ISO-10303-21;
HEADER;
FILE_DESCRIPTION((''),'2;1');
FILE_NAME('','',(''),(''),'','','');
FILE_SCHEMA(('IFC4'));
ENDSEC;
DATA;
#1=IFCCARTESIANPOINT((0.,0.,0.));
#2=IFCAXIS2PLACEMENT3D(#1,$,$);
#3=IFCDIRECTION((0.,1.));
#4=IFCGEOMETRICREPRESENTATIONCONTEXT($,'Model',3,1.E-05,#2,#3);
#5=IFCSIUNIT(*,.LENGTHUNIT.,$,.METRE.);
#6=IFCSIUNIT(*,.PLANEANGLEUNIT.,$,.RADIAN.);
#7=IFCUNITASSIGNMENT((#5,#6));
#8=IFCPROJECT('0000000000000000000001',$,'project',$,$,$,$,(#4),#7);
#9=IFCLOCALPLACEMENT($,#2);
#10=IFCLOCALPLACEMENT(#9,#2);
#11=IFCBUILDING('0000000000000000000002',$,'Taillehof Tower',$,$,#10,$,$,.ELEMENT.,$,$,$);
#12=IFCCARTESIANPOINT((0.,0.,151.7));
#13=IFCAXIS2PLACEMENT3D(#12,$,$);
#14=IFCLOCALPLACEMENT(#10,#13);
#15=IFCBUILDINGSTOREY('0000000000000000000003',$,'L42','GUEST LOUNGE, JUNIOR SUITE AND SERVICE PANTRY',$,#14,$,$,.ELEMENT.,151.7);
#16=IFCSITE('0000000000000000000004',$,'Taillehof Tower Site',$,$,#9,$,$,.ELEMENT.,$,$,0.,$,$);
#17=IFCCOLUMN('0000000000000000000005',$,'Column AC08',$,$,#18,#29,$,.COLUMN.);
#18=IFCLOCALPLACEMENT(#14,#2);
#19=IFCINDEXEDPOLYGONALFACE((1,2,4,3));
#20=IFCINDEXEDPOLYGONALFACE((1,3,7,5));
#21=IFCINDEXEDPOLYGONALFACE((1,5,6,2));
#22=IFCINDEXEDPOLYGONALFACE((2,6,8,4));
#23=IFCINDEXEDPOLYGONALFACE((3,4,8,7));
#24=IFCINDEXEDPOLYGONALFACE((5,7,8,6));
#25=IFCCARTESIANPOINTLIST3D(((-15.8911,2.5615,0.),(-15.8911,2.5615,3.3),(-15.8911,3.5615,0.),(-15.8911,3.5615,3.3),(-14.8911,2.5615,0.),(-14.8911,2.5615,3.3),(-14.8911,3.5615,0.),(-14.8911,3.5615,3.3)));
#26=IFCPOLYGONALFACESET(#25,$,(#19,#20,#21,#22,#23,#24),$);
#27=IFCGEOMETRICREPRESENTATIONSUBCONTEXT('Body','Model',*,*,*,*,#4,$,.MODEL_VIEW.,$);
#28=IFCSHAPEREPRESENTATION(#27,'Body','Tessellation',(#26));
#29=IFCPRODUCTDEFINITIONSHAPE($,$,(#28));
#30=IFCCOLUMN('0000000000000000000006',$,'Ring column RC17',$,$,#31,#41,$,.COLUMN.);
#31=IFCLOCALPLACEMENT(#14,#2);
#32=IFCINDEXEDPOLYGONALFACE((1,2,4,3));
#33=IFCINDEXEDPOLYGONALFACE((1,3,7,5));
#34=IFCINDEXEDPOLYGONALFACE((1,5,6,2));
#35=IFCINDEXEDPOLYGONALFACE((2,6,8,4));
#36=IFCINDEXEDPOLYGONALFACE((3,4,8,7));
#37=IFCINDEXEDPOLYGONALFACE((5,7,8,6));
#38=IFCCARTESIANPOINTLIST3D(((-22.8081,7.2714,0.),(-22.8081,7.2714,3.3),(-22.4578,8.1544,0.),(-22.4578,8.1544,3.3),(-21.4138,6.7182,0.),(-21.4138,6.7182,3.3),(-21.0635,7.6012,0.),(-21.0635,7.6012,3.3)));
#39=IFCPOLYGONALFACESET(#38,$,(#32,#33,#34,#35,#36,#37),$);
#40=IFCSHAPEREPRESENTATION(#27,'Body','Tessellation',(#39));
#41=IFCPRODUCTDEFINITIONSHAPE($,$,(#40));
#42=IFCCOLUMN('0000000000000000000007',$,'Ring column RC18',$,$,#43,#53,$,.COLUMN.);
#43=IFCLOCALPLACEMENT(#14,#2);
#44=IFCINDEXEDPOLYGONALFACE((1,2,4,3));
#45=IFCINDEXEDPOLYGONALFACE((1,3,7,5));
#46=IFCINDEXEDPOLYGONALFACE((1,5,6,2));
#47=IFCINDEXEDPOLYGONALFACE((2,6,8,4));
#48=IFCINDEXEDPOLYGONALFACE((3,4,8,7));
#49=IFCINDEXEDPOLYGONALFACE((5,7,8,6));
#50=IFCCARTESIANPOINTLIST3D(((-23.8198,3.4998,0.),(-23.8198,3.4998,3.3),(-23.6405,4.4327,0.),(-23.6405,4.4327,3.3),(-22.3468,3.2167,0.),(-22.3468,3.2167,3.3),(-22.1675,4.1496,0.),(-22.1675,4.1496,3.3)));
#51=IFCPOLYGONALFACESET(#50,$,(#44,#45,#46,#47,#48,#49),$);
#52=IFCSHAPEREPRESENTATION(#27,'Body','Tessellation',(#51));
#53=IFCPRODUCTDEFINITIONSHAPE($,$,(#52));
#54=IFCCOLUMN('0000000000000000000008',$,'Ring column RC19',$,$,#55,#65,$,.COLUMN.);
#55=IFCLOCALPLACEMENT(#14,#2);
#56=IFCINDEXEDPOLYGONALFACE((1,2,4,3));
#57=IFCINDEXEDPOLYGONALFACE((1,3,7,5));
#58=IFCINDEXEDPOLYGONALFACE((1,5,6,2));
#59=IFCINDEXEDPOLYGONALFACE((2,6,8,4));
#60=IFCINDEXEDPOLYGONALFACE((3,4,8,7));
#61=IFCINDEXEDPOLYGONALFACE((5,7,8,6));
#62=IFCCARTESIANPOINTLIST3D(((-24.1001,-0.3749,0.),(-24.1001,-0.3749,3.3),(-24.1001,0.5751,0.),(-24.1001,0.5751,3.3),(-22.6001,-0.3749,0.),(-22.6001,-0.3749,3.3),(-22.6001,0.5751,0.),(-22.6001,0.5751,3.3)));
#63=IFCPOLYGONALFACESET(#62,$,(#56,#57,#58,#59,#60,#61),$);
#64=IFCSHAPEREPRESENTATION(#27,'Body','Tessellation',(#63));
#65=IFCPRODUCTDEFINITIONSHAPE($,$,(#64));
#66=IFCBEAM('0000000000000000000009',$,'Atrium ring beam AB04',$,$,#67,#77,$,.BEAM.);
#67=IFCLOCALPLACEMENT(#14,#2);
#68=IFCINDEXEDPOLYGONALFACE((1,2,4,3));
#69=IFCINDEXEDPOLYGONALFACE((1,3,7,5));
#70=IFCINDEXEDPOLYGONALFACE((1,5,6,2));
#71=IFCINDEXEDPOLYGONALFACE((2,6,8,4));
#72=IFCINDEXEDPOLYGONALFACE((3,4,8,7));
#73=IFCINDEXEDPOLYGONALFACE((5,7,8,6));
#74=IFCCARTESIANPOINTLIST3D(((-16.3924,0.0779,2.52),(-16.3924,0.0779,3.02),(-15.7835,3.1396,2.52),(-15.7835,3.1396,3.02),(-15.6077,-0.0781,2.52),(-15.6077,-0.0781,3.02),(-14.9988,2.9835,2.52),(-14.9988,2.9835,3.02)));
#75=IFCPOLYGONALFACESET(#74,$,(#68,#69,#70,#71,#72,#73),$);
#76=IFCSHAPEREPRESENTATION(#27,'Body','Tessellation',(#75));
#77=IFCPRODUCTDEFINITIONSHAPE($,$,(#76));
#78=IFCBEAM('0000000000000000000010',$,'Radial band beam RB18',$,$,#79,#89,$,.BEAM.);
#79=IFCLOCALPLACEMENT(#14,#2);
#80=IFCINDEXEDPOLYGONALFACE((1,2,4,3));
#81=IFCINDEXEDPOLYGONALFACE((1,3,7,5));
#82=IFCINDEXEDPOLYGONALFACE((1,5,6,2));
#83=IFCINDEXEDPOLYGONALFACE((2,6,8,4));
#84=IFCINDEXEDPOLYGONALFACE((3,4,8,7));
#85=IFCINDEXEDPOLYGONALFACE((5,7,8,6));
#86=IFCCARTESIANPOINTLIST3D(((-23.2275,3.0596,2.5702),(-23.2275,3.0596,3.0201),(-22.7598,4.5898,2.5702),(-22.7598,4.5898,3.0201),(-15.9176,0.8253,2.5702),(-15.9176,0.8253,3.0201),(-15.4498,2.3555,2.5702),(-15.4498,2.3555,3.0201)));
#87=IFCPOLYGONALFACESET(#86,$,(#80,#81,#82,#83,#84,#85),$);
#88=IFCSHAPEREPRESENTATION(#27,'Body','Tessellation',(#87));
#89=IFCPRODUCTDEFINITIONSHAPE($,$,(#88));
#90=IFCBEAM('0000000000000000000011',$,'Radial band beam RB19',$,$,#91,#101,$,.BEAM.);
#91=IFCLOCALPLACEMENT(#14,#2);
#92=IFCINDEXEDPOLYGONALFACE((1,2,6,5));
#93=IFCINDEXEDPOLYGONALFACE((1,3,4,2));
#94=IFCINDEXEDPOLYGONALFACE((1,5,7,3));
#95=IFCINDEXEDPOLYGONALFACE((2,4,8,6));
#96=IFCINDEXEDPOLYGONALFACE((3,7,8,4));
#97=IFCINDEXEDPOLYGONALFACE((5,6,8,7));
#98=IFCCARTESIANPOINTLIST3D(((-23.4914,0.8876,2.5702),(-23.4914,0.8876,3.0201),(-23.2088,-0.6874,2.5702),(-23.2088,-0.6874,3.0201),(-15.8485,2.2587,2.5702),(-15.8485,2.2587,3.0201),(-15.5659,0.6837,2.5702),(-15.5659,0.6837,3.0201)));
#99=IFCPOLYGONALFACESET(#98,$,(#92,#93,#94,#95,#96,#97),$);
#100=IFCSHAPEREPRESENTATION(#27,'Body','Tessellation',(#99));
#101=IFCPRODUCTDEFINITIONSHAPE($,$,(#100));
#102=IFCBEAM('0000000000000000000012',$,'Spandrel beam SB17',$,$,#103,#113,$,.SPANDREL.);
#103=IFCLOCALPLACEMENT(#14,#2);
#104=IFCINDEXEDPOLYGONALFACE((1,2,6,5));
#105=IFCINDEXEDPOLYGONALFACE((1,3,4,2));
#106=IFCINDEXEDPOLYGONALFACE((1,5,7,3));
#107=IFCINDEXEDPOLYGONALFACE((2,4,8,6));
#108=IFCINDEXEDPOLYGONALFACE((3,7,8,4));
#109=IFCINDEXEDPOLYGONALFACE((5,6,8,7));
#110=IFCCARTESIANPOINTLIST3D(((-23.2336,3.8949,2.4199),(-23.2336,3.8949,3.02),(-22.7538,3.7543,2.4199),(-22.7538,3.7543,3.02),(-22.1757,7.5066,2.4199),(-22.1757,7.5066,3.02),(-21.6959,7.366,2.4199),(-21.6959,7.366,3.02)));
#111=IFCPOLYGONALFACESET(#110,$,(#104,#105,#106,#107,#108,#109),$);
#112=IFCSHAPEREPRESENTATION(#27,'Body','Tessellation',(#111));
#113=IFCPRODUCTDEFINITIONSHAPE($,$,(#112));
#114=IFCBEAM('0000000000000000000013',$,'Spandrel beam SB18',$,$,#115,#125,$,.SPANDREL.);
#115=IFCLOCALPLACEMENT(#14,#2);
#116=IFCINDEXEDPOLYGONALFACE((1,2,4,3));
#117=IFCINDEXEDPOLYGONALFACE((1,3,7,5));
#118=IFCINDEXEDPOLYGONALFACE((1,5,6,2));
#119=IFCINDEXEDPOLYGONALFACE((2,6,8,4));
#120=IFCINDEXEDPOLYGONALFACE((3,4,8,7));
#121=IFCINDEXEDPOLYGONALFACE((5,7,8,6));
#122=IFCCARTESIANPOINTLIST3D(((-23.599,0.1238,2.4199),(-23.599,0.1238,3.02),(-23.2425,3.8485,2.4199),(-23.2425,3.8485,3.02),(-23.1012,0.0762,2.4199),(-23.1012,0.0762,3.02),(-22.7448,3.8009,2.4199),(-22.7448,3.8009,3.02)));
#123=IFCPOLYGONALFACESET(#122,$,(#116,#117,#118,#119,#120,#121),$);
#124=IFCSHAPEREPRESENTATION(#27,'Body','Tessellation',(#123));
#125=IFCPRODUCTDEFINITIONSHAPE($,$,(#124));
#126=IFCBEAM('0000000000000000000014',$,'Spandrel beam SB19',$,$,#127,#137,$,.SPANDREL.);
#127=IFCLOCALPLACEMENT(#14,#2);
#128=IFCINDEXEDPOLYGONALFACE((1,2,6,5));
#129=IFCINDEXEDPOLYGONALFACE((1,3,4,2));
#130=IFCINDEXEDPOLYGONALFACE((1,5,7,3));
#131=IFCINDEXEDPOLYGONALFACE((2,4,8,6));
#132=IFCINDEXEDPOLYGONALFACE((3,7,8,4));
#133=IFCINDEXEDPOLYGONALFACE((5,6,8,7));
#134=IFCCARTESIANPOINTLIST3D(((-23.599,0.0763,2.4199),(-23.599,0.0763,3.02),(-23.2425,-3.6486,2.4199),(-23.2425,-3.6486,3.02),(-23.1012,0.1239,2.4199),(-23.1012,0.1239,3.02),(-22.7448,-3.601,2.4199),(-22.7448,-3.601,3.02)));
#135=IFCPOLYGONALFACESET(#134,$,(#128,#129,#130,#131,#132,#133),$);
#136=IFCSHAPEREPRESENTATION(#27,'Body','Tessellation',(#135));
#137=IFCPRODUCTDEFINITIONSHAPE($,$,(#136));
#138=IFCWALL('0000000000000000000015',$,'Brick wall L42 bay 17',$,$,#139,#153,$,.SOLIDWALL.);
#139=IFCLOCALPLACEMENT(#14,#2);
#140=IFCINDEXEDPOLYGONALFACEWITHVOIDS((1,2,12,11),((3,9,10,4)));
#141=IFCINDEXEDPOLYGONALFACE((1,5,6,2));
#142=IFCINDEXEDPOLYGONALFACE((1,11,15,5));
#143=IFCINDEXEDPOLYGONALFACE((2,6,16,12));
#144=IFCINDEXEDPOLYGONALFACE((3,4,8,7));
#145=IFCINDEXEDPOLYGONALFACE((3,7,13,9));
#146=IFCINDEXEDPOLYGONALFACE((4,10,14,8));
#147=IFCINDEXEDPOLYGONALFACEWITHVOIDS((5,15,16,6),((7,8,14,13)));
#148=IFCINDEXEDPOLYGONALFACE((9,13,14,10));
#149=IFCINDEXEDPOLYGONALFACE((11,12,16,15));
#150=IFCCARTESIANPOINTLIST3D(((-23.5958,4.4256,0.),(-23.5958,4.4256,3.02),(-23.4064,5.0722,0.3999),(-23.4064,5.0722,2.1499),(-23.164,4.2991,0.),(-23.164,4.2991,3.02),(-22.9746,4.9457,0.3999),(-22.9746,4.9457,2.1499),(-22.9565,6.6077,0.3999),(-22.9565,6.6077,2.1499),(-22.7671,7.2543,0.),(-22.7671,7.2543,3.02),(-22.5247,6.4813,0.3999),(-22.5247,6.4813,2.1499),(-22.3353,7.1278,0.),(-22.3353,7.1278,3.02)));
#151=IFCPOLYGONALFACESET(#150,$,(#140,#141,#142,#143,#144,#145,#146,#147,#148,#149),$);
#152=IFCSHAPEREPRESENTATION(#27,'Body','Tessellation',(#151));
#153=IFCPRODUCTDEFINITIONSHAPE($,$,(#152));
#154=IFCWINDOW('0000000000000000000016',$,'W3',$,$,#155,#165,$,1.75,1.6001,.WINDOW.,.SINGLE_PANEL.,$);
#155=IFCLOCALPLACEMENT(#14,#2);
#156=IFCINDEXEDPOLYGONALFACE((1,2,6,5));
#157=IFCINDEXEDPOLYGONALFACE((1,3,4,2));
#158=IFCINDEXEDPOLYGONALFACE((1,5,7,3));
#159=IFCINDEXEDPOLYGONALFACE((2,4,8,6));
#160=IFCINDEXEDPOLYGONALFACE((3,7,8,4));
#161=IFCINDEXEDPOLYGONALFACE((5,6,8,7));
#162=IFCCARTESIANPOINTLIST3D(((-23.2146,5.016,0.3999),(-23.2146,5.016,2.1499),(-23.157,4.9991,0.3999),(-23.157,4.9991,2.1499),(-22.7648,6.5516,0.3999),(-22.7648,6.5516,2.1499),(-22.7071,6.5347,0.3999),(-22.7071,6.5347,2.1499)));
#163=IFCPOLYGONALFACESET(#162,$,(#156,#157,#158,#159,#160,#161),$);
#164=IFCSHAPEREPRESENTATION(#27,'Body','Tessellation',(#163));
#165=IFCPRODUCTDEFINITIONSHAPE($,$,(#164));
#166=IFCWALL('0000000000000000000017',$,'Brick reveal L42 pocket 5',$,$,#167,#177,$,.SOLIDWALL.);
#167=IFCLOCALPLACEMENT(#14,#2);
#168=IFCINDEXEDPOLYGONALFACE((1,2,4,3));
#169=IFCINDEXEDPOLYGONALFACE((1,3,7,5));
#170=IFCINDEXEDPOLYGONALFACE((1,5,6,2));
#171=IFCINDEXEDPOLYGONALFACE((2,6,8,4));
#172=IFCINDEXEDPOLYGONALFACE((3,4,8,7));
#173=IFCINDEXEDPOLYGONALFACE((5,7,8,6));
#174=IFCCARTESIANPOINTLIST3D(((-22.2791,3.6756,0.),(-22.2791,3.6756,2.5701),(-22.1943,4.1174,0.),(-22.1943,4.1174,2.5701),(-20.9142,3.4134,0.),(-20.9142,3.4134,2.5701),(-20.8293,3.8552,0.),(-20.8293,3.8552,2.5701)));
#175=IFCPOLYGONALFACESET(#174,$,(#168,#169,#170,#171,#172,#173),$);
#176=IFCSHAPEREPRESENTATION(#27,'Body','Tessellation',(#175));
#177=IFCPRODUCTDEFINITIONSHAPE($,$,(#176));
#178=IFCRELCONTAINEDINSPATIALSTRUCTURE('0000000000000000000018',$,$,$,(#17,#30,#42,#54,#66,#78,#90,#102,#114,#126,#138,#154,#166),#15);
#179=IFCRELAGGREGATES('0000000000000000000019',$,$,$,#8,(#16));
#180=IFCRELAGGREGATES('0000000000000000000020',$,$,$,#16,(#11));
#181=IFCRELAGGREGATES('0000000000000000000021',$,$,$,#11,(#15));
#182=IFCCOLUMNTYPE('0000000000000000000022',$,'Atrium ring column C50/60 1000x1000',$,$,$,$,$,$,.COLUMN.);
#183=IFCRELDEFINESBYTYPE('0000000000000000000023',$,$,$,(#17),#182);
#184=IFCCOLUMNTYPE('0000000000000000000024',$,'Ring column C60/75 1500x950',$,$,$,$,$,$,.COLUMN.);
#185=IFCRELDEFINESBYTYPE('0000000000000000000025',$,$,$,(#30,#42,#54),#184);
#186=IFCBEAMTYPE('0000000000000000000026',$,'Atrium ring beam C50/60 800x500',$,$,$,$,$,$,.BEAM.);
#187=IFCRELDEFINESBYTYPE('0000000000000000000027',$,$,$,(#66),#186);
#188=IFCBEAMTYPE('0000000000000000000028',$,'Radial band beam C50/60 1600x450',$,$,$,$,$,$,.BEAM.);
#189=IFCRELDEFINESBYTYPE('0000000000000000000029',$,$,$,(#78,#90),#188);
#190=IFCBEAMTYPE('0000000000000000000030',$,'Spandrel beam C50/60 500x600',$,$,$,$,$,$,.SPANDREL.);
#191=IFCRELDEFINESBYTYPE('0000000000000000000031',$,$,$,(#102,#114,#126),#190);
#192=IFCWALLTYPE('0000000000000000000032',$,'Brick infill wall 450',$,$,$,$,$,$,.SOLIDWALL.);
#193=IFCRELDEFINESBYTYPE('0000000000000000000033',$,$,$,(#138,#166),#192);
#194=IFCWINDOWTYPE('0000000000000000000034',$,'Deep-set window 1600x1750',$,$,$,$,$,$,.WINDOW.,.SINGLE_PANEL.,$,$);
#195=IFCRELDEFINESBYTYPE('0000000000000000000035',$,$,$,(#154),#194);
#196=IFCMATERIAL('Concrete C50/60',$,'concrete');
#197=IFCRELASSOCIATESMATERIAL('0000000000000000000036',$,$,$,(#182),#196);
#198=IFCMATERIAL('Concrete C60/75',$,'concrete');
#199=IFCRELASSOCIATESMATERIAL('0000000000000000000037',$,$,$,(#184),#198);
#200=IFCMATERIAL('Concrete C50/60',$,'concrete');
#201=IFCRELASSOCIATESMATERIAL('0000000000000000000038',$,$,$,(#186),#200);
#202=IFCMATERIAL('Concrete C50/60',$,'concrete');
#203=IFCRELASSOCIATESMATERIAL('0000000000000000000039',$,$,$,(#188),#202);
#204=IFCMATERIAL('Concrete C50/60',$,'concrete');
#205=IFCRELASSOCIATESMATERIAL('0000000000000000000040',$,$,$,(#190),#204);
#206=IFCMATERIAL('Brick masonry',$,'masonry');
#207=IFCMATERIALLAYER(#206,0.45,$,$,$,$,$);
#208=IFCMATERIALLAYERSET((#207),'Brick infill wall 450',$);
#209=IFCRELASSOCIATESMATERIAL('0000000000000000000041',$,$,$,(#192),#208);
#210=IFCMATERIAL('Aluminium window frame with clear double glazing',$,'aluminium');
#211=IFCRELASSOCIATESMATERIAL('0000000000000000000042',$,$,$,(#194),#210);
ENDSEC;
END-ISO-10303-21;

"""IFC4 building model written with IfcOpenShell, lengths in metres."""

from ifc_helpers import new_model, si_unit, direction, frame, frame_2d, origin, origin_2d, place, context, subcontext, project, spatial, rectangle, extrude, material, layer, layer_set, material_profile, profile_set, type_object, element, fill, save


model = new_model("IFC4")

# Units and contexts
model_context = context("Model", 3, precision=1e-05, world=origin(), true_north=direction((0.0, 1.0)))
body_context = subcontext(model_context, "Body", "Model", "MODEL_VIEW")
ifc_project = project(units=[si_unit("LENGTHUNIT", "METRE"), si_unit("PLANEANGLEUNIT", "RADIAN")], contexts=[model_context])

# Site, building, storey
site_placement = place(None, origin())
site = spatial("IfcSite", under=ifc_project, at=site_placement, Name="Taillehof Tower Site", CompositionType="ELEMENT", RefElevation=0.0)
building_placement = place(site_placement, origin())
building = spatial("IfcBuilding", under=site, at=building_placement, Name="Taillehof Tower", CompositionType="ELEMENT")
storey_placement = place(building_placement, frame((0.0, 0.0, 151.7)))
storey = spatial("IfcBuildingStorey", under=building, at=storey_placement, Name="L42", Description="GUEST LOUNGE, JUNIOR SUITE AND SERVICE PANTRY", CompositionType="ELEMENT", Elevation=151.7)

# Columns
ifc_material_1 = material(Name="Concrete C50/60", Category="concrete")
ifc_material_profile_1 = material_profile(ifc_material_1, rectangle(XDim=1.0, YDim=1.0, at=origin_2d()), Name="RC 1000x1000")
ifc_profile_set_1 = profile_set([ifc_material_profile_1], Name="Concrete C50/60")
column_type_1 = type_object("IfcColumnType", Name="Atrium ring column C50/60 1000x1000", PredefinedType="COLUMN", material=ifc_profile_set_1)
column_placement = place(storey_placement, frame((-15.3911, 3.0615, 0.0), z_axis=(0.0, 0.0, 1.0), x_axis=(1.0, 0.0, 0.0)))
element("IfcColumn", 1, at=column_placement, inside=storey, type_object=column_type_1, Name="Column AC08", PredefinedType="COLUMN", context=body_context, shape_type="SweptSolid", body=[
    extrude(rectangle(XDim=1.0, YDim=1.0, at=origin_2d()), origin(), (0.0, 0.0, 1.0), 3.3),
])
ifc_material_2 = material(Name="Concrete C60/75", Category="concrete")
ifc_material_profile_2 = material_profile(ifc_material_2, rectangle(XDim=1.5, YDim=0.95, at=origin_2d()), Name="RC 1500x950")
ifc_profile_set_2 = profile_set([ifc_material_profile_2], Name="Concrete C60/75")
column_type_2 = type_object("IfcColumnType", Name="Ring column C60/75 1500x950", PredefinedType="COLUMN", material=ifc_profile_set_2)
for number, where, z_axis, x_axis, name in (
    (2, (-21.9358, 7.4363, 0.0), (0.0, 0.0, 1.0), (-0.929511, 0.368793, 0.0), "Ring column RC17"),
    (3, (-22.9937, 3.8247, 0.0), (0.0, 0.0, 1.0), (-0.982024, 0.188757, 0.0), "Ring column RC18"),
    (4, (-23.3501, 0.1001, 0.0), (0.0, 0.0, 1.0), (-1.0, 0.0, 0.0), "Ring column RC19"),
):
    element("IfcColumn", number, at=place(storey_placement, frame(where, z_axis=z_axis, x_axis=x_axis)), inside=storey, type_object=column_type_2, Name=name, PredefinedType="COLUMN", context=body_context, shape_type="SweptSolid", body=[
        extrude(rectangle(XDim=1.5, YDim=0.95, at=origin_2d()), origin(), (0.0, 0.0, 1.0), 3.3),
    ])

# Beams
ifc_material_3 = material(Name="Concrete C50/60", Category="concrete")
ifc_material_profile_3 = material_profile(ifc_material_3, rectangle(XDim=0.8, YDim=0.5, at=origin_2d()), Name="RC 800x500")
ifc_profile_set_3 = profile_set([ifc_material_profile_3], Name="Concrete C50/60")
beam_type_1 = type_object("IfcBeamType", Name="Atrium ring beam C50/60 800x500", PredefinedType="BEAM", material=ifc_profile_set_3)
beam_1_placement = place(storey_placement, frame((-15.3911, 3.0615, 2.77), z_axis=(-0.195063, -0.980791, 0.0), x_axis=(0.980791, -0.195063, 0.0)))
element("IfcBeam", 5, at=beam_1_placement, inside=storey, type_object=beam_type_1, Name="Atrium ring beam AB04", PredefinedType="BEAM", context=body_context, shape_type="SweptSolid", body=[
    extrude(rectangle(XDim=0.8, YDim=0.5, at=origin_2d()), origin(), (0.0, 0.0, 1.0), 3.1216),
])
ifc_material_4 = material(Name="Concrete C50/60", Category="concrete")
ifc_material_profile_4 = material_profile(ifc_material_4, rectangle(XDim=1.6001, YDim=0.45, at=origin_2d()), Name="RC 1600x450")
ifc_profile_set_4 = profile_set([ifc_material_profile_4], Name="Concrete C50/60")
beam_type_2 = type_object("IfcBeamType", Name="Radial band beam C50/60 1600x450", PredefinedType="BEAM", material=ifc_profile_set_4)
beam_2_placement = place(storey_placement, frame((-22.9937, 3.8247, 2.7952), z_axis=(0.956324, -0.292308, 0.0), x_axis=(0.292308, 0.956324, 0.0)))
element("IfcBeam", 6, at=beam_2_placement, inside=storey, type_object=beam_type_2, Name="Radial band beam RB18", PredefinedType="BEAM", context=body_context, shape_type="SweptSolid", body=[
    extrude(rectangle(XDim=1.6001, YDim=0.45, at=origin_2d()), origin(), (0.0, 0.0, 1.0), 7.6438),
])
beam_3_placement = place(storey_placement, frame((-23.3501, 0.1001, 2.7952), z_axis=(0.984287, 0.176577, 0.0), x_axis=(-0.176577, 0.984287, 0.0)))
element("IfcBeam", 7, at=beam_3_placement, inside=storey, type_object=beam_type_2, Name="Radial band beam RB19", PredefinedType="BEAM", context=body_context, shape_type="SweptSolid", body=[
    extrude(rectangle(XDim=1.6001, YDim=0.45, at=origin_2d()), origin(), (0.0, 0.0, 1.0), 7.7649),
])
ifc_material_5 = material(Name="Concrete C50/60", Category="concrete")
ifc_material_profile_5 = material_profile(ifc_material_5, rectangle(XDim=0.5, YDim=0.6001, at=origin_2d()), Name="RC 500x600")
ifc_profile_set_5 = profile_set([ifc_material_profile_5], Name="Concrete C50/60")
beam_type_3 = type_object("IfcBeamType", Name="Spandrel beam C50/60 500x600", PredefinedType="SPANDREL", material=ifc_profile_set_5)
beam_4_placement = place(storey_placement, frame((-21.9358, 7.4363, 2.72), z_axis=(-0.281098, -0.959679, 0.0), x_axis=(0.959679, -0.281098, 0.0)))
element("IfcBeam", 8, at=beam_4_placement, inside=storey, type_object=beam_type_3, Name="Spandrel beam SB17", PredefinedType="SPANDREL", context=body_context, shape_type="SweptSolid", body=[
    extrude(rectangle(XDim=0.5, YDim=0.6001, at=origin_2d()), origin(), (0.0, 0.0, 1.0), 3.7634),
])
beam_5_placement = place(storey_placement, frame((-22.9937, 3.8247, 2.72), z_axis=(-0.095265, -0.995452, 0.0), x_axis=(0.995452, -0.095265, 0.0)))
element("IfcBeam", 9, at=beam_5_placement, inside=storey, type_object=beam_type_3, Name="Spandrel beam SB18", PredefinedType="SPANDREL", context=body_context, shape_type="SweptSolid", body=[
    extrude(rectangle(XDim=0.5, YDim=0.6001, at=origin_2d()), origin(), (0.0, 0.0, 1.0), 3.7417),
])
beam_6_placement = place(storey_placement, frame((-23.3501, 0.1001, 2.72), z_axis=(0.095259, -0.995453, 0.0), x_axis=(0.995453, 0.095259, 0.0)))
element("IfcBeam", 10, at=beam_6_placement, inside=storey, type_object=beam_type_3, Name="Spandrel beam SB19", PredefinedType="SPANDREL", context=body_context, shape_type="SweptSolid", body=[
    extrude(rectangle(XDim=0.5, YDim=0.6001, at=origin_2d()), origin(), (0.0, 0.0, 1.0), 3.7419),
])

# Wall, opening, window
ifc_material_6 = material(Name="Brick masonry", Category="masonry")
ifc_layer_1 = layer(ifc_material_6, 0.45)
ifc_layer_set_1 = layer_set([ifc_layer_1], Name="Brick infill wall 450")
wall_type_1 = type_object("IfcWallType", Name="Brick infill wall 450", PredefinedType="SOLIDWALL", material=ifc_layer_set_1)
wall_1_placement = place(storey_placement, frame((-22.5513, 7.1909, 0.0), z_axis=(0.0, 0.0, 1.0), x_axis=(-0.281126, -0.959671, 0.0)))
wall_1 = element("IfcWall", 11, at=wall_1_placement, inside=storey, type_object=wall_type_1, Name="Brick wall L42 bay 17", PredefinedType="SOLIDWALL", context=body_context, shape_type="SweptSolid", body=[
    extrude(rectangle(XDim=2.9475, YDim=0.45, at=frame_2d((1.4736, 0.0))), origin(), (0.0, 0.0, 1.0), 3.02),
])
opening_1_placement = place(wall_1_placement, frame((0.6736, 0.0, 0.3999)))
opening_1 = element("IfcOpeningElement", 12, at=opening_1_placement, cuts=wall_1, PredefinedType="OPENING", context=body_context, shape_type="SweptSolid", body=[
    extrude(rectangle(XDim=1.6001, YDim=1.75, at=frame_2d((0.8, 0.875))), frame((0.0, 0.2349, 0.0), z_axis=(0.0, -1.0, 0.0), x_axis=(1.0, 0.0, 0.0)), (0.0, 0.0, 1.0), 0.47),
])
ifc_material_7 = material(Name="Aluminium window frame with clear double glazing", Category="aluminium")
window_type_1 = type_object("IfcWindowType", Name="Deep-set window 1600x1750", PartitioningType="SINGLE_PANEL", PredefinedType="WINDOW", material=ifc_material_7)
window_1_placement = place(opening_1_placement, origin())
window_1 = element("IfcWindow", 13, at=window_1_placement, inside=storey, type_object=window_type_1, Name="W3", OverallHeight=1.75, OverallWidth=1.6001, PartitioningType="SINGLE_PANEL", PredefinedType="WINDOW", context=body_context, shape_type="SweptSolid", body=[
    extrude(rectangle(XDim=1.6001, YDim=1.75, at=frame_2d((0.8, 0.875))), frame((0.0, 0.0349, 0.0), z_axis=(0.0, -1.0, 0.0), x_axis=(1.0, 0.0, 0.0)), (0.0, 0.0, 1.0), 0.0601),
])
fill(opening_1, window_1)

# Wall
wall_2_placement = place(storey_placement, frame((-22.2366, 3.8965, 0.0), z_axis=(0.0, 0.0, 1.0), x_axis=(0.982045, -0.188645, 0.0)))
element("IfcWall", 14, at=wall_2_placement, inside=storey, type_object=wall_type_1, Name="Brick reveal L42 pocket 5", PredefinedType="SOLIDWALL", context=body_context, shape_type="SweptSolid", body=[
    extrude(rectangle(XDim=1.3899, YDim=0.45, at=frame_2d((0.6948, 0.0))), origin(), (0.0, 0.0, 1.0), 2.5701),
])

save(model, "model.ifc")
